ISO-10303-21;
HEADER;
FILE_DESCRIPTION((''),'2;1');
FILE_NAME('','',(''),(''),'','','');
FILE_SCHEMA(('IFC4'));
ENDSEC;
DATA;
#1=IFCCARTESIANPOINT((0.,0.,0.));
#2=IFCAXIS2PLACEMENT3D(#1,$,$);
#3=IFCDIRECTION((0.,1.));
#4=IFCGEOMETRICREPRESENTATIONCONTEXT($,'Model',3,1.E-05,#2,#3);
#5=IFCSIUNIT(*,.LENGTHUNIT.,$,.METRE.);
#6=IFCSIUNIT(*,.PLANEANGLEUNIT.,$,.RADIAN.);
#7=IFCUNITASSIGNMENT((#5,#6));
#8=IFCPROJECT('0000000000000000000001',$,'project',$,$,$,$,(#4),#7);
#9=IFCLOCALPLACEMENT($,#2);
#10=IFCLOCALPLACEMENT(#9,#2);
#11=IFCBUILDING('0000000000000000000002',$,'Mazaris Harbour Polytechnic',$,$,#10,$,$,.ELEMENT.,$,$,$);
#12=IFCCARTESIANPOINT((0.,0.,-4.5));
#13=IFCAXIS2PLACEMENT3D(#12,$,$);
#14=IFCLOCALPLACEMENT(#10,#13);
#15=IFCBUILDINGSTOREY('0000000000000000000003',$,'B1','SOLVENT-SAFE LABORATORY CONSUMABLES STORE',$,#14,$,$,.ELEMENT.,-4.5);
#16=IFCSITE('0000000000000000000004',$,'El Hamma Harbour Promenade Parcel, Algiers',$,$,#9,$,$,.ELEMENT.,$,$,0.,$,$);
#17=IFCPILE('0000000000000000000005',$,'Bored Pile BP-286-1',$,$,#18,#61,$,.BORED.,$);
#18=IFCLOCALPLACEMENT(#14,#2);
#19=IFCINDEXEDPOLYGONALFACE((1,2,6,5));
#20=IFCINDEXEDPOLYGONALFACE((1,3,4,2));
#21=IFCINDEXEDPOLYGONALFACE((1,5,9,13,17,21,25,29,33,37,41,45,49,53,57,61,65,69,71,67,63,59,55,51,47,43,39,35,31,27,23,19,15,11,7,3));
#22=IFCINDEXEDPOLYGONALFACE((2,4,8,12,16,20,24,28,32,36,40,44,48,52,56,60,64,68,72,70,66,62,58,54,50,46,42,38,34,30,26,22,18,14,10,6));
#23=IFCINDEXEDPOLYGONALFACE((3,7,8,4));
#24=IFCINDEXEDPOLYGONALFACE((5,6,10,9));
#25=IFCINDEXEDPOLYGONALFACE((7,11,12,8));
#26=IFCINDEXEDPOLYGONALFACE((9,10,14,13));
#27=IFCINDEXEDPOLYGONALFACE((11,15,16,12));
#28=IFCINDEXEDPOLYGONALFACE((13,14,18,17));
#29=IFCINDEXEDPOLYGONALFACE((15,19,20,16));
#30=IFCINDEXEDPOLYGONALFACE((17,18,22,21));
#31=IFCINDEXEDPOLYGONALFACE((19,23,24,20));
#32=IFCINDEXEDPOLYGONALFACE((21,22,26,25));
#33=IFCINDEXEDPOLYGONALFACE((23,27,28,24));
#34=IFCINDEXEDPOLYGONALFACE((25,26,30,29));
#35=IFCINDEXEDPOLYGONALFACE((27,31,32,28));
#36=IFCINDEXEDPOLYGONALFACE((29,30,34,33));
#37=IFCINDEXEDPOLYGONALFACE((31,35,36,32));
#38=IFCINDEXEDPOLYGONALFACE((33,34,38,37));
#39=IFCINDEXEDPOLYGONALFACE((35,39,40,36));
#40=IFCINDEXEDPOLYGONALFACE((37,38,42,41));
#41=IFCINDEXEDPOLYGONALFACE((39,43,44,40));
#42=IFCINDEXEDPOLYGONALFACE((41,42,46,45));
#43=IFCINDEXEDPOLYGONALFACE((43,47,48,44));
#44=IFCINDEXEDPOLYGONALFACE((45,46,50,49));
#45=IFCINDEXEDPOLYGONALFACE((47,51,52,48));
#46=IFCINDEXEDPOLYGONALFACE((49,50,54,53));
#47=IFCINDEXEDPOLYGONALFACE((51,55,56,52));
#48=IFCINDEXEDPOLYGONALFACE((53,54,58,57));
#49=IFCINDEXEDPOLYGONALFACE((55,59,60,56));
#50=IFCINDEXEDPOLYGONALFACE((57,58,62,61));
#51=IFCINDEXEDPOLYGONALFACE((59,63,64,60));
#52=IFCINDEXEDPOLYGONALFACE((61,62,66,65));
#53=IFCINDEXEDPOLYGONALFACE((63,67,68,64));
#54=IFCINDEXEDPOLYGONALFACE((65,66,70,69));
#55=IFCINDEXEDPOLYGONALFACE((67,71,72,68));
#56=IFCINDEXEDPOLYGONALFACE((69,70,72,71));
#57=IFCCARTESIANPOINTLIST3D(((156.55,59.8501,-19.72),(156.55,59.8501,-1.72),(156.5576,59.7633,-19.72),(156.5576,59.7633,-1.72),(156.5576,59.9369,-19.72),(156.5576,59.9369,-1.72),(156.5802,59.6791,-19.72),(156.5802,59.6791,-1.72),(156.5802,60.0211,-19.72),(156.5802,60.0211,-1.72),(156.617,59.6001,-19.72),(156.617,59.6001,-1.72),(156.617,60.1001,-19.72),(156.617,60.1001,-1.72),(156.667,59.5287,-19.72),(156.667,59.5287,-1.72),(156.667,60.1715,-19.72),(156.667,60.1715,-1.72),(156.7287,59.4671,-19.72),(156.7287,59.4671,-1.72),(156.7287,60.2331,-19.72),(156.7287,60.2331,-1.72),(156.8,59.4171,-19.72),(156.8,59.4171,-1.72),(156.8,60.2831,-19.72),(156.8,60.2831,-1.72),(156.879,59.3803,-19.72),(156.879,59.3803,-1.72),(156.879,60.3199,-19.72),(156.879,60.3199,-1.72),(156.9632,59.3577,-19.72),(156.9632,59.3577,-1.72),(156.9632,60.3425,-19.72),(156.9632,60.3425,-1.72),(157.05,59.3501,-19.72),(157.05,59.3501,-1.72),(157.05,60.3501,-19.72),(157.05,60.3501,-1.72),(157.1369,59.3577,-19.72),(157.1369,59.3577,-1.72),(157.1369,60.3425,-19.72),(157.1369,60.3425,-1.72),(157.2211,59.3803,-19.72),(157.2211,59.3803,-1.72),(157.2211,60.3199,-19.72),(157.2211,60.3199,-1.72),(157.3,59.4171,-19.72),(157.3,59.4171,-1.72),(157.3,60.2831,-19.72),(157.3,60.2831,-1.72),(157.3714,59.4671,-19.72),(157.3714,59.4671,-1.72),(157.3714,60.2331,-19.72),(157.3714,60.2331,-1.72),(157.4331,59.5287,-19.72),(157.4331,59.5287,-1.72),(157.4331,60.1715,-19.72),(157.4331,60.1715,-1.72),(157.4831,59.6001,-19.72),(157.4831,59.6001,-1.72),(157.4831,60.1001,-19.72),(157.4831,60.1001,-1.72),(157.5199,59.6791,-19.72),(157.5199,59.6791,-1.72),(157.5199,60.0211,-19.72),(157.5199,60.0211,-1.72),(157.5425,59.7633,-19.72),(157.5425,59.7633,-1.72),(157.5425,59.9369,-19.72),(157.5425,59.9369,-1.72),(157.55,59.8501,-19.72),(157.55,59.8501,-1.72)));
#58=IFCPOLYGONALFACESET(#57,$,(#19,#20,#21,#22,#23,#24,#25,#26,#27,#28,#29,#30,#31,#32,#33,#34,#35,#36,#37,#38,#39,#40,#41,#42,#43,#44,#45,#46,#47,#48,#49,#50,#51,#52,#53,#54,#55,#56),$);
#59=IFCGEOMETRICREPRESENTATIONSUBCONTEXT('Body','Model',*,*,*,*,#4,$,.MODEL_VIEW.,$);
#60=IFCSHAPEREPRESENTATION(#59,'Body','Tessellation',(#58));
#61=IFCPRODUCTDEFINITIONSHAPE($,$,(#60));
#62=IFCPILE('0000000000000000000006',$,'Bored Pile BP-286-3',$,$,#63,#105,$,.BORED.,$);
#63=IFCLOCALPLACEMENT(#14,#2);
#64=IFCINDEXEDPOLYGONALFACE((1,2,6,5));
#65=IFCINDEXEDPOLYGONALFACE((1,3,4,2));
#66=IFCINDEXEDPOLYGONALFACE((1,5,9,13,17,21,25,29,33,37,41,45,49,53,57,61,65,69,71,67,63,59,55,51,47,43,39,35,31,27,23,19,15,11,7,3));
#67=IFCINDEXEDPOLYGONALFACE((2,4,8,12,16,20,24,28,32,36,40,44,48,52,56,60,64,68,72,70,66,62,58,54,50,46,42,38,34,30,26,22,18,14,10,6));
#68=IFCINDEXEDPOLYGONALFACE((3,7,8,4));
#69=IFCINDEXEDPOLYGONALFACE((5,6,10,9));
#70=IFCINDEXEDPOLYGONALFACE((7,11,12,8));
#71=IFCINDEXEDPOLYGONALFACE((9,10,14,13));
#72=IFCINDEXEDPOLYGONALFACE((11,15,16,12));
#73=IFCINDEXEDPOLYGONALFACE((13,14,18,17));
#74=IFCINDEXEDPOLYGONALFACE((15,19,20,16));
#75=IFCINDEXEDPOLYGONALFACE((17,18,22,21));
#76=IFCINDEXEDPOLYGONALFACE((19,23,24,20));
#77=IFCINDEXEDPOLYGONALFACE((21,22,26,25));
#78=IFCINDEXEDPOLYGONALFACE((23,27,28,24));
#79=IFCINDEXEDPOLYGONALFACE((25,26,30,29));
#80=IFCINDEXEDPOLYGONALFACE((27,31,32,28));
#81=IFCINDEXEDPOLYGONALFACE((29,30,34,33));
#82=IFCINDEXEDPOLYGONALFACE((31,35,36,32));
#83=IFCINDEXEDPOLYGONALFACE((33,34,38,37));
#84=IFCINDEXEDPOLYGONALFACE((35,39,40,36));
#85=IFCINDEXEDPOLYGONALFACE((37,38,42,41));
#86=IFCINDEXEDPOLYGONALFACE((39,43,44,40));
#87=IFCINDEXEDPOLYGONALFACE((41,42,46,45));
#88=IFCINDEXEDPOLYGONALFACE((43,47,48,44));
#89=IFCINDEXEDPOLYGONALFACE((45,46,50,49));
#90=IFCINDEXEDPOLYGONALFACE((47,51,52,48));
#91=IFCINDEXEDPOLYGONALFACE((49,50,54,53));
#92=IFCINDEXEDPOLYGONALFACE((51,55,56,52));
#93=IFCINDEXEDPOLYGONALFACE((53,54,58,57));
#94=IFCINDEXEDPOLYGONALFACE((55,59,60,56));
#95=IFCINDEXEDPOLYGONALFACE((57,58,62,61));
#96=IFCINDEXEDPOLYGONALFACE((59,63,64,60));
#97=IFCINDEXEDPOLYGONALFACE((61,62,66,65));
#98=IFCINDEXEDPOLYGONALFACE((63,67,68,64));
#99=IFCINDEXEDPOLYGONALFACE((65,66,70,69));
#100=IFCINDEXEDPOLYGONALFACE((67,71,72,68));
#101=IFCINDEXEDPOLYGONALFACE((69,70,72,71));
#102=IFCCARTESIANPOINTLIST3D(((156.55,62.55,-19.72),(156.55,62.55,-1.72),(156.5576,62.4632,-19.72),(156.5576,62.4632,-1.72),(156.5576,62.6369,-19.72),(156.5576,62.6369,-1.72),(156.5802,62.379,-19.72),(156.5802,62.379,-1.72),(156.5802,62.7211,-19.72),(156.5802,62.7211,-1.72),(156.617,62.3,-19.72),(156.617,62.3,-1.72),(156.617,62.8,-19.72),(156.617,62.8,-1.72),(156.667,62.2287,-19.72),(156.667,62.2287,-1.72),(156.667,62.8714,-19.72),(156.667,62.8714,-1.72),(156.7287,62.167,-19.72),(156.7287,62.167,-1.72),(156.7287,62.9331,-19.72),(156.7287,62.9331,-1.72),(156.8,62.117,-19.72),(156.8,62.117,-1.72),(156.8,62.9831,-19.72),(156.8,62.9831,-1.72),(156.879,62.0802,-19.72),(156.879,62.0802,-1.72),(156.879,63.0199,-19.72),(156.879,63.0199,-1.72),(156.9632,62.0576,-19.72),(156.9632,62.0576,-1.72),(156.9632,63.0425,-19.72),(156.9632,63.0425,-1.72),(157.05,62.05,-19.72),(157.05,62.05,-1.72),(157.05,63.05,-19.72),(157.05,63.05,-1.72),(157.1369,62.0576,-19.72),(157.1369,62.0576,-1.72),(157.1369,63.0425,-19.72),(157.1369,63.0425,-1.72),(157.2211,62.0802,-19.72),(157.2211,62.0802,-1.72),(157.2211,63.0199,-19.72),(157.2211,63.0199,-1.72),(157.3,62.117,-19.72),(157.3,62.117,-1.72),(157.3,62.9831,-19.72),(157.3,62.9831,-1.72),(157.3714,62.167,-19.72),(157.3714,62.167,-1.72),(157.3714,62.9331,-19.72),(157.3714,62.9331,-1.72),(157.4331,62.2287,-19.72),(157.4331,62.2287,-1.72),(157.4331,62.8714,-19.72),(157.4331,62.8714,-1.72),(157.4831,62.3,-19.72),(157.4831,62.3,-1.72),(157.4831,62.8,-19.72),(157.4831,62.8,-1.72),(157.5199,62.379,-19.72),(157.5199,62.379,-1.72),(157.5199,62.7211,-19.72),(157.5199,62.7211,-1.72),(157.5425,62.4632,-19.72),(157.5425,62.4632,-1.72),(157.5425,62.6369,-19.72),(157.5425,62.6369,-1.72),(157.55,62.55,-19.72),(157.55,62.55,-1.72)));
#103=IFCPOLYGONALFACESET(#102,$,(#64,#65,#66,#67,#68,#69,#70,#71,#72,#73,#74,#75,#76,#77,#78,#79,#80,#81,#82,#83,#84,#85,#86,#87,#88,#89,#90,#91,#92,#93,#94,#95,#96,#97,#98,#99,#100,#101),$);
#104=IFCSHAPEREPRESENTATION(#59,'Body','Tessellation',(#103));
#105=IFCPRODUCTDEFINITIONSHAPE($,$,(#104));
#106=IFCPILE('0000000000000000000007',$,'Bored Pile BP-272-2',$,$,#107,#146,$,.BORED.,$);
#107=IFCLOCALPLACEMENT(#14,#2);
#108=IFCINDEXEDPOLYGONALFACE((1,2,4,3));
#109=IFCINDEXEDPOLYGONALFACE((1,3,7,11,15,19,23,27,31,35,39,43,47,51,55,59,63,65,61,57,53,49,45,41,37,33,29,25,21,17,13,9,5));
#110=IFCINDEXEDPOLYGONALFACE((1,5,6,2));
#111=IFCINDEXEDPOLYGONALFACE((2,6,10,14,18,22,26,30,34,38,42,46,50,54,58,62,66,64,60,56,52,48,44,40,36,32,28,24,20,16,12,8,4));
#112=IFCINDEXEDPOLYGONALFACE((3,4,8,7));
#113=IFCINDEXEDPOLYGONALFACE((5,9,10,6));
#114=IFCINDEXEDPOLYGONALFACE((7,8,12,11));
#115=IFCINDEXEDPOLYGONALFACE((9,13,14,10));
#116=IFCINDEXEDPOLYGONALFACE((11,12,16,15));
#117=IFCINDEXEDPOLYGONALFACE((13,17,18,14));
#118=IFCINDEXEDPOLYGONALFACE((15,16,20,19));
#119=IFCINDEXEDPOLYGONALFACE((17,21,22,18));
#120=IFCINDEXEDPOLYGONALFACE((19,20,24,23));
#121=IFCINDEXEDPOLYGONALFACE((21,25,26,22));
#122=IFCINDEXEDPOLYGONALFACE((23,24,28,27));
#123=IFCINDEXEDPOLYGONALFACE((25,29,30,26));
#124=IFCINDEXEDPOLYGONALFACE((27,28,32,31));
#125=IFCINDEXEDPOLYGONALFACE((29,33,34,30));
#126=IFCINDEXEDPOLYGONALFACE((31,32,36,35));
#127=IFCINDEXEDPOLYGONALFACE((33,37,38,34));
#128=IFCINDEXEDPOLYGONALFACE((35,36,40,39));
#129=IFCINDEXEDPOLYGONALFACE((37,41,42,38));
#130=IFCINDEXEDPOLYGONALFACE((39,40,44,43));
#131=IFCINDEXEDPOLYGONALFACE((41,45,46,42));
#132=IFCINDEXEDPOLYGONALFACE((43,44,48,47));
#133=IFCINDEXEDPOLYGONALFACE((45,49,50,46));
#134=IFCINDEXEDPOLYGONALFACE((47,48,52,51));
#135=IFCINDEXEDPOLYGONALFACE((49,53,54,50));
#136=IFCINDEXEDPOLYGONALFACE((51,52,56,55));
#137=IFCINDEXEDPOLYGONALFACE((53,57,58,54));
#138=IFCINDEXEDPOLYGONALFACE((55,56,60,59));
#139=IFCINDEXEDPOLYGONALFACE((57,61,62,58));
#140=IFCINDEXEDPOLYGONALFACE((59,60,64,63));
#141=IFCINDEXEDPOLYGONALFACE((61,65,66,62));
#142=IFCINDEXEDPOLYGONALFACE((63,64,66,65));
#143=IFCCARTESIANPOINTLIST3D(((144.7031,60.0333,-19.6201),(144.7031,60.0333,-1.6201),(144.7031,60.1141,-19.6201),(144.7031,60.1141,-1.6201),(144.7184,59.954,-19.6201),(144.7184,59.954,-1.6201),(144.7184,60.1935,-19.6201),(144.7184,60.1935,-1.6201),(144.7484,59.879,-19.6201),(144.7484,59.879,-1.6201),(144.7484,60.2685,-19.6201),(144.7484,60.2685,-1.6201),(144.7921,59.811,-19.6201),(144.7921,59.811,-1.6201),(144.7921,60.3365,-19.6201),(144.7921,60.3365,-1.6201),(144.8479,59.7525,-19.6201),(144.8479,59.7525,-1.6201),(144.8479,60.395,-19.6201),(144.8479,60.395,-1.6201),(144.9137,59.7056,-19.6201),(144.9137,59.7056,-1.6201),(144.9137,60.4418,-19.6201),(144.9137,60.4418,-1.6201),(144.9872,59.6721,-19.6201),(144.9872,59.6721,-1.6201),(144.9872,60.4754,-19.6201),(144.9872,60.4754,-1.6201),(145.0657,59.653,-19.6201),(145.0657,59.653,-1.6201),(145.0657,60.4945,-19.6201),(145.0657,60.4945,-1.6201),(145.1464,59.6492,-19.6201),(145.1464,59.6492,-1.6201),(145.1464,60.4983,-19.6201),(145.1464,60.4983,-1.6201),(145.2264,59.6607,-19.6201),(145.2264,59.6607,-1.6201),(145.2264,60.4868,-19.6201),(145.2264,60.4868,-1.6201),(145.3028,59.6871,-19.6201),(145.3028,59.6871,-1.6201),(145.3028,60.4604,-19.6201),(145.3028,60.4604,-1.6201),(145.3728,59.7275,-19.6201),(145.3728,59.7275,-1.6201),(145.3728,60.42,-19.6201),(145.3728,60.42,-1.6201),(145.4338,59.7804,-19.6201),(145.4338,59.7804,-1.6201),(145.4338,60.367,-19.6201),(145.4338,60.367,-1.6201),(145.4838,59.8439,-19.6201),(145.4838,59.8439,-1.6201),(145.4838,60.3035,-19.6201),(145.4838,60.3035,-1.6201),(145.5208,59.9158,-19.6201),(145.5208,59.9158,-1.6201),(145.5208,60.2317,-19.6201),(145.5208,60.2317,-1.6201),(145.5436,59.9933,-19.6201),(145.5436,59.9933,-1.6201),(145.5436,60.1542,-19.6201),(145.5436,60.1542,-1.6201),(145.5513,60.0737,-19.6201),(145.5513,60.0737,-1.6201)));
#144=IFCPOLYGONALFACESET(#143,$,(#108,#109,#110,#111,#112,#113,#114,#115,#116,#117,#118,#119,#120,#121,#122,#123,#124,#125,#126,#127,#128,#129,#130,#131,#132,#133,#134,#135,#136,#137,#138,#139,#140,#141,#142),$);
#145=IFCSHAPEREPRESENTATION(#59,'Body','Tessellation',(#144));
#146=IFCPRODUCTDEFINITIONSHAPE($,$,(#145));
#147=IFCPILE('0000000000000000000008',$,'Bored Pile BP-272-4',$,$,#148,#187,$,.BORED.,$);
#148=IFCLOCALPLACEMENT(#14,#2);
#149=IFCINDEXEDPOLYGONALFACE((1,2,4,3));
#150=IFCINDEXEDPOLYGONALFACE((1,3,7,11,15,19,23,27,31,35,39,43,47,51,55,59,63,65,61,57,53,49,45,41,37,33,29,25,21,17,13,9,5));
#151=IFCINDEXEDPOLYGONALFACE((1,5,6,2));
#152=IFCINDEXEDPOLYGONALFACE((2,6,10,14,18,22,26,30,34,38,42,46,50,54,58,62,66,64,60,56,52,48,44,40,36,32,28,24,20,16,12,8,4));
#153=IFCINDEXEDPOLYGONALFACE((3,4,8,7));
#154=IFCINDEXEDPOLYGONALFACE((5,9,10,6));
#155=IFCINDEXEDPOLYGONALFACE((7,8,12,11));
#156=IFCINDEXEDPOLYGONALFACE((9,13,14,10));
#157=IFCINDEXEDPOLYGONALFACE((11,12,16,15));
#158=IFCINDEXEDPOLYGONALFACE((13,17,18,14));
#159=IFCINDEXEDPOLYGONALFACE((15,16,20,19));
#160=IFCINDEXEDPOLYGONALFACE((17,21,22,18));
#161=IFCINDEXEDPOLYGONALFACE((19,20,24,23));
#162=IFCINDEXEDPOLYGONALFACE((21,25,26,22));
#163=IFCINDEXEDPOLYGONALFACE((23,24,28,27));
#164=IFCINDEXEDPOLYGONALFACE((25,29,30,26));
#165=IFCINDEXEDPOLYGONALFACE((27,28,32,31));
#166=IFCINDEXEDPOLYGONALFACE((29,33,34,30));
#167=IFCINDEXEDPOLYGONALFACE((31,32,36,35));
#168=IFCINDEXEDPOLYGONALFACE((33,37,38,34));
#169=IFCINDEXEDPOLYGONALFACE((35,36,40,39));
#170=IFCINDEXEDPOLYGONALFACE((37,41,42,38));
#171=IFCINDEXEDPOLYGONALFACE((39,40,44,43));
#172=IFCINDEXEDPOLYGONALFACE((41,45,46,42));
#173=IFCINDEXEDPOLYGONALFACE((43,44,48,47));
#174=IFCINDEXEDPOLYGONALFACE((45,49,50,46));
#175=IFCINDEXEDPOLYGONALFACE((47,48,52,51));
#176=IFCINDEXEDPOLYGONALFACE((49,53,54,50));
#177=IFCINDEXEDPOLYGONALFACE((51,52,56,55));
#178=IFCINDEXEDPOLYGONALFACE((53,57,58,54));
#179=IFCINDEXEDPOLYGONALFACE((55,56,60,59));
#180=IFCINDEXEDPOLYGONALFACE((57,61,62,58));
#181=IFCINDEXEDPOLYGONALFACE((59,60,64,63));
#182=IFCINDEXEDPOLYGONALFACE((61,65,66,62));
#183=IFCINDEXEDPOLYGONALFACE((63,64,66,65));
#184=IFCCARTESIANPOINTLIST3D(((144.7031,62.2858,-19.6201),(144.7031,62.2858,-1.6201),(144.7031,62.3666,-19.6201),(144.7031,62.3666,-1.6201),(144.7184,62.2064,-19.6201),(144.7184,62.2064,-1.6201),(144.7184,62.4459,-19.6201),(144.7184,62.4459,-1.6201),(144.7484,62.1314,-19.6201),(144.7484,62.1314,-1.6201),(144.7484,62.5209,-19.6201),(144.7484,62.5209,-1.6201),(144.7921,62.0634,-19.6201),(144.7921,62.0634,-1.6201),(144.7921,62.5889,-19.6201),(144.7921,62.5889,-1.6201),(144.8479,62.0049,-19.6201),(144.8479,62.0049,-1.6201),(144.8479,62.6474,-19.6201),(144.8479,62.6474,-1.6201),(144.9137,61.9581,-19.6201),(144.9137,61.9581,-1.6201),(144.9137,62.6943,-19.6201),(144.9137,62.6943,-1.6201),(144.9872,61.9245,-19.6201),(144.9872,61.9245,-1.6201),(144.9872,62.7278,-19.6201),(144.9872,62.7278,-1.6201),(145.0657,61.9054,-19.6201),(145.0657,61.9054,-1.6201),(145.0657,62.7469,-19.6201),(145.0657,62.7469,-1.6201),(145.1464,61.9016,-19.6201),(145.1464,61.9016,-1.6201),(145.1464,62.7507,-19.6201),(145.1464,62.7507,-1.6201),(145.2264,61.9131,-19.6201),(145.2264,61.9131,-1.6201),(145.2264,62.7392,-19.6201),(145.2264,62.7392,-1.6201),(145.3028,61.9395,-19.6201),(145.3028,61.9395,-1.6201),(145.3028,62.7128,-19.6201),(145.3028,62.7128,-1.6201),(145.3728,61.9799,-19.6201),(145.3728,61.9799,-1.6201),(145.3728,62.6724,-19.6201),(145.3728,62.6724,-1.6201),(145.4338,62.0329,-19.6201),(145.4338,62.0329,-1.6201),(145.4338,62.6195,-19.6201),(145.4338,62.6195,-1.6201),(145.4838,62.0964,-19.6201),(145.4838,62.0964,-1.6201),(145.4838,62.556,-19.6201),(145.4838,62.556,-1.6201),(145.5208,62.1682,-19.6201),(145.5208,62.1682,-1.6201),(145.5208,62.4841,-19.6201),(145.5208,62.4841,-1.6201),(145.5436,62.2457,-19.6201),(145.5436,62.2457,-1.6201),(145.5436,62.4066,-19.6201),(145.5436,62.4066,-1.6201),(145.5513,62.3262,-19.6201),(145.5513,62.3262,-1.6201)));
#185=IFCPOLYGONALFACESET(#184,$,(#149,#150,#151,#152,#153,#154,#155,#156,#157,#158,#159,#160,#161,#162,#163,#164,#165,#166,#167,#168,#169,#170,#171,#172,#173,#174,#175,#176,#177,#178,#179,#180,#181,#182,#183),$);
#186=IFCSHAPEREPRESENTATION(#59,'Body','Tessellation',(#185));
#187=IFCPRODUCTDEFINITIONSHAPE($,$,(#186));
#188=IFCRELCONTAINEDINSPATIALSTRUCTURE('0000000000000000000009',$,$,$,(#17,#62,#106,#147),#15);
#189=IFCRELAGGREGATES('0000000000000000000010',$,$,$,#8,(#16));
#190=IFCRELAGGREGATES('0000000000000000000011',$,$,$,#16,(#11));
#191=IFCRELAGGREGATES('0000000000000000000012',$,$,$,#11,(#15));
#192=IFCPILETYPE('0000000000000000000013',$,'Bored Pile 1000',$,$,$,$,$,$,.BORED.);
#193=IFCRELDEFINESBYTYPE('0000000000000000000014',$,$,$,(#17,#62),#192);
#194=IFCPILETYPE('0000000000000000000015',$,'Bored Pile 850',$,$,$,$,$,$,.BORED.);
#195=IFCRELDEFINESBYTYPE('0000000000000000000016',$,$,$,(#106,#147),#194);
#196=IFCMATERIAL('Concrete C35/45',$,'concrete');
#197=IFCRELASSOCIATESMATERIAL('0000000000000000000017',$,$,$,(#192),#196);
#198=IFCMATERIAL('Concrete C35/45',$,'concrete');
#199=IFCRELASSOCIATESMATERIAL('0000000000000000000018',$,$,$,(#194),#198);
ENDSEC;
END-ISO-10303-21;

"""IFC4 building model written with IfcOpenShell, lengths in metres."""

from ifc_helpers import new_model, si_unit, direction, frame, origin, origin_2d, place, context, subcontext, project, spatial, circle, extrude, material, material_profile, profile_set, type_object, element, save


model = new_model("IFC4")

# Units and contexts
model_context = context("Model", 3, precision=1e-05, world=origin(), true_north=direction((0.0, 1.0)))
body_context = subcontext(model_context, "Body", "Model", "MODEL_VIEW")
ifc_project = project(units=[si_unit("LENGTHUNIT", "METRE"), si_unit("PLANEANGLEUNIT", "RADIAN")], contexts=[model_context])

# Site, building, storey
site_placement = place(None, origin())
site = spatial("IfcSite", under=ifc_project, at=site_placement, Name="El Hamma Harbour Promenade Parcel, Algiers", CompositionType="ELEMENT", RefElevation=0.0)
building_placement = place(site_placement, origin())
building = spatial("IfcBuilding", under=site, at=building_placement, Name="Mazaris Harbour Polytechnic", CompositionType="ELEMENT")
storey_placement = place(building_placement, frame((0.0, 0.0, -4.5)))
storey = spatial("IfcBuildingStorey", under=building, at=storey_placement, Name="B1", Description="SOLVENT-SAFE LABORATORY CONSUMABLES STORE", CompositionType="ELEMENT", Elevation=-4.5)

# Piles
ifc_material_1 = material(Name="Concrete C35/45", Category="concrete")
ifc_material_profile_1 = material_profile(ifc_material_1, circle(Radius=0.5, at=origin_2d()), Name="DIA1000")
ifc_profile_set_1 = profile_set([ifc_material_profile_1], Name="Concrete C35/45")
pile_type_1 = type_object("IfcPileType", Name="Bored Pile 1000", PredefinedType="BORED", material=ifc_profile_set_1)
for number, where, z_axis, x_axis, name in (
    (1, (157.05, 59.8501, -1.72), (0.0, 0.0, -1.0), (1.0, 0.0, 0.0), "Bored Pile BP-286-1"),
    (2, (157.05, 62.55, -1.72), (0.0, 0.0, -1.0), (1.0, 0.0, 0.0), "Bored Pile BP-286-3"),
):
    element("IfcPile", number, at=place(storey_placement, frame(where, z_axis=z_axis, x_axis=x_axis)), inside=storey, type_object=pile_type_1, Name=name, PredefinedType="BORED", context=body_context, shape_type="SweptSolid", body=[
        extrude(circle(Radius=0.5, at=origin_2d()), origin(), (0.0, 0.0, 1.0), 18.0),
    ])
ifc_material_2 = material(Name="Concrete C35/45", Category="concrete")
ifc_material_profile_2 = material_profile(ifc_material_2, circle(Radius=0.425, at=origin_2d()), Name="DIA850")
ifc_profile_set_2 = profile_set([ifc_material_profile_2], Name="Concrete C35/45")
pile_type_2 = type_object("IfcPileType", Name="Bored Pile 850", PredefinedType="BORED", material=ifc_profile_set_2)
for number, where, z_axis, x_axis, name in (
    (3, (145.1262, 60.0737, -1.6201), (0.0, 0.0, -1.0), (1.0, 0.0, 0.0), "Bored Pile BP-272-2"),
    (4, (145.1262, 62.3262, -1.6201), (0.0, 0.0, -1.0), (1.0, 0.0, 0.0), "Bored Pile BP-272-4"),
):
    element("IfcPile", number, at=place(storey_placement, frame(where, z_axis=z_axis, x_axis=x_axis)), inside=storey, type_object=pile_type_2, Name=name, PredefinedType="BORED", context=body_context, shape_type="SweptSolid", body=[
        extrude(circle(Radius=0.425, at=origin_2d()), origin(), (0.0, 0.0, 1.0), 18.0),
    ])

save(model, "model.ifc")
